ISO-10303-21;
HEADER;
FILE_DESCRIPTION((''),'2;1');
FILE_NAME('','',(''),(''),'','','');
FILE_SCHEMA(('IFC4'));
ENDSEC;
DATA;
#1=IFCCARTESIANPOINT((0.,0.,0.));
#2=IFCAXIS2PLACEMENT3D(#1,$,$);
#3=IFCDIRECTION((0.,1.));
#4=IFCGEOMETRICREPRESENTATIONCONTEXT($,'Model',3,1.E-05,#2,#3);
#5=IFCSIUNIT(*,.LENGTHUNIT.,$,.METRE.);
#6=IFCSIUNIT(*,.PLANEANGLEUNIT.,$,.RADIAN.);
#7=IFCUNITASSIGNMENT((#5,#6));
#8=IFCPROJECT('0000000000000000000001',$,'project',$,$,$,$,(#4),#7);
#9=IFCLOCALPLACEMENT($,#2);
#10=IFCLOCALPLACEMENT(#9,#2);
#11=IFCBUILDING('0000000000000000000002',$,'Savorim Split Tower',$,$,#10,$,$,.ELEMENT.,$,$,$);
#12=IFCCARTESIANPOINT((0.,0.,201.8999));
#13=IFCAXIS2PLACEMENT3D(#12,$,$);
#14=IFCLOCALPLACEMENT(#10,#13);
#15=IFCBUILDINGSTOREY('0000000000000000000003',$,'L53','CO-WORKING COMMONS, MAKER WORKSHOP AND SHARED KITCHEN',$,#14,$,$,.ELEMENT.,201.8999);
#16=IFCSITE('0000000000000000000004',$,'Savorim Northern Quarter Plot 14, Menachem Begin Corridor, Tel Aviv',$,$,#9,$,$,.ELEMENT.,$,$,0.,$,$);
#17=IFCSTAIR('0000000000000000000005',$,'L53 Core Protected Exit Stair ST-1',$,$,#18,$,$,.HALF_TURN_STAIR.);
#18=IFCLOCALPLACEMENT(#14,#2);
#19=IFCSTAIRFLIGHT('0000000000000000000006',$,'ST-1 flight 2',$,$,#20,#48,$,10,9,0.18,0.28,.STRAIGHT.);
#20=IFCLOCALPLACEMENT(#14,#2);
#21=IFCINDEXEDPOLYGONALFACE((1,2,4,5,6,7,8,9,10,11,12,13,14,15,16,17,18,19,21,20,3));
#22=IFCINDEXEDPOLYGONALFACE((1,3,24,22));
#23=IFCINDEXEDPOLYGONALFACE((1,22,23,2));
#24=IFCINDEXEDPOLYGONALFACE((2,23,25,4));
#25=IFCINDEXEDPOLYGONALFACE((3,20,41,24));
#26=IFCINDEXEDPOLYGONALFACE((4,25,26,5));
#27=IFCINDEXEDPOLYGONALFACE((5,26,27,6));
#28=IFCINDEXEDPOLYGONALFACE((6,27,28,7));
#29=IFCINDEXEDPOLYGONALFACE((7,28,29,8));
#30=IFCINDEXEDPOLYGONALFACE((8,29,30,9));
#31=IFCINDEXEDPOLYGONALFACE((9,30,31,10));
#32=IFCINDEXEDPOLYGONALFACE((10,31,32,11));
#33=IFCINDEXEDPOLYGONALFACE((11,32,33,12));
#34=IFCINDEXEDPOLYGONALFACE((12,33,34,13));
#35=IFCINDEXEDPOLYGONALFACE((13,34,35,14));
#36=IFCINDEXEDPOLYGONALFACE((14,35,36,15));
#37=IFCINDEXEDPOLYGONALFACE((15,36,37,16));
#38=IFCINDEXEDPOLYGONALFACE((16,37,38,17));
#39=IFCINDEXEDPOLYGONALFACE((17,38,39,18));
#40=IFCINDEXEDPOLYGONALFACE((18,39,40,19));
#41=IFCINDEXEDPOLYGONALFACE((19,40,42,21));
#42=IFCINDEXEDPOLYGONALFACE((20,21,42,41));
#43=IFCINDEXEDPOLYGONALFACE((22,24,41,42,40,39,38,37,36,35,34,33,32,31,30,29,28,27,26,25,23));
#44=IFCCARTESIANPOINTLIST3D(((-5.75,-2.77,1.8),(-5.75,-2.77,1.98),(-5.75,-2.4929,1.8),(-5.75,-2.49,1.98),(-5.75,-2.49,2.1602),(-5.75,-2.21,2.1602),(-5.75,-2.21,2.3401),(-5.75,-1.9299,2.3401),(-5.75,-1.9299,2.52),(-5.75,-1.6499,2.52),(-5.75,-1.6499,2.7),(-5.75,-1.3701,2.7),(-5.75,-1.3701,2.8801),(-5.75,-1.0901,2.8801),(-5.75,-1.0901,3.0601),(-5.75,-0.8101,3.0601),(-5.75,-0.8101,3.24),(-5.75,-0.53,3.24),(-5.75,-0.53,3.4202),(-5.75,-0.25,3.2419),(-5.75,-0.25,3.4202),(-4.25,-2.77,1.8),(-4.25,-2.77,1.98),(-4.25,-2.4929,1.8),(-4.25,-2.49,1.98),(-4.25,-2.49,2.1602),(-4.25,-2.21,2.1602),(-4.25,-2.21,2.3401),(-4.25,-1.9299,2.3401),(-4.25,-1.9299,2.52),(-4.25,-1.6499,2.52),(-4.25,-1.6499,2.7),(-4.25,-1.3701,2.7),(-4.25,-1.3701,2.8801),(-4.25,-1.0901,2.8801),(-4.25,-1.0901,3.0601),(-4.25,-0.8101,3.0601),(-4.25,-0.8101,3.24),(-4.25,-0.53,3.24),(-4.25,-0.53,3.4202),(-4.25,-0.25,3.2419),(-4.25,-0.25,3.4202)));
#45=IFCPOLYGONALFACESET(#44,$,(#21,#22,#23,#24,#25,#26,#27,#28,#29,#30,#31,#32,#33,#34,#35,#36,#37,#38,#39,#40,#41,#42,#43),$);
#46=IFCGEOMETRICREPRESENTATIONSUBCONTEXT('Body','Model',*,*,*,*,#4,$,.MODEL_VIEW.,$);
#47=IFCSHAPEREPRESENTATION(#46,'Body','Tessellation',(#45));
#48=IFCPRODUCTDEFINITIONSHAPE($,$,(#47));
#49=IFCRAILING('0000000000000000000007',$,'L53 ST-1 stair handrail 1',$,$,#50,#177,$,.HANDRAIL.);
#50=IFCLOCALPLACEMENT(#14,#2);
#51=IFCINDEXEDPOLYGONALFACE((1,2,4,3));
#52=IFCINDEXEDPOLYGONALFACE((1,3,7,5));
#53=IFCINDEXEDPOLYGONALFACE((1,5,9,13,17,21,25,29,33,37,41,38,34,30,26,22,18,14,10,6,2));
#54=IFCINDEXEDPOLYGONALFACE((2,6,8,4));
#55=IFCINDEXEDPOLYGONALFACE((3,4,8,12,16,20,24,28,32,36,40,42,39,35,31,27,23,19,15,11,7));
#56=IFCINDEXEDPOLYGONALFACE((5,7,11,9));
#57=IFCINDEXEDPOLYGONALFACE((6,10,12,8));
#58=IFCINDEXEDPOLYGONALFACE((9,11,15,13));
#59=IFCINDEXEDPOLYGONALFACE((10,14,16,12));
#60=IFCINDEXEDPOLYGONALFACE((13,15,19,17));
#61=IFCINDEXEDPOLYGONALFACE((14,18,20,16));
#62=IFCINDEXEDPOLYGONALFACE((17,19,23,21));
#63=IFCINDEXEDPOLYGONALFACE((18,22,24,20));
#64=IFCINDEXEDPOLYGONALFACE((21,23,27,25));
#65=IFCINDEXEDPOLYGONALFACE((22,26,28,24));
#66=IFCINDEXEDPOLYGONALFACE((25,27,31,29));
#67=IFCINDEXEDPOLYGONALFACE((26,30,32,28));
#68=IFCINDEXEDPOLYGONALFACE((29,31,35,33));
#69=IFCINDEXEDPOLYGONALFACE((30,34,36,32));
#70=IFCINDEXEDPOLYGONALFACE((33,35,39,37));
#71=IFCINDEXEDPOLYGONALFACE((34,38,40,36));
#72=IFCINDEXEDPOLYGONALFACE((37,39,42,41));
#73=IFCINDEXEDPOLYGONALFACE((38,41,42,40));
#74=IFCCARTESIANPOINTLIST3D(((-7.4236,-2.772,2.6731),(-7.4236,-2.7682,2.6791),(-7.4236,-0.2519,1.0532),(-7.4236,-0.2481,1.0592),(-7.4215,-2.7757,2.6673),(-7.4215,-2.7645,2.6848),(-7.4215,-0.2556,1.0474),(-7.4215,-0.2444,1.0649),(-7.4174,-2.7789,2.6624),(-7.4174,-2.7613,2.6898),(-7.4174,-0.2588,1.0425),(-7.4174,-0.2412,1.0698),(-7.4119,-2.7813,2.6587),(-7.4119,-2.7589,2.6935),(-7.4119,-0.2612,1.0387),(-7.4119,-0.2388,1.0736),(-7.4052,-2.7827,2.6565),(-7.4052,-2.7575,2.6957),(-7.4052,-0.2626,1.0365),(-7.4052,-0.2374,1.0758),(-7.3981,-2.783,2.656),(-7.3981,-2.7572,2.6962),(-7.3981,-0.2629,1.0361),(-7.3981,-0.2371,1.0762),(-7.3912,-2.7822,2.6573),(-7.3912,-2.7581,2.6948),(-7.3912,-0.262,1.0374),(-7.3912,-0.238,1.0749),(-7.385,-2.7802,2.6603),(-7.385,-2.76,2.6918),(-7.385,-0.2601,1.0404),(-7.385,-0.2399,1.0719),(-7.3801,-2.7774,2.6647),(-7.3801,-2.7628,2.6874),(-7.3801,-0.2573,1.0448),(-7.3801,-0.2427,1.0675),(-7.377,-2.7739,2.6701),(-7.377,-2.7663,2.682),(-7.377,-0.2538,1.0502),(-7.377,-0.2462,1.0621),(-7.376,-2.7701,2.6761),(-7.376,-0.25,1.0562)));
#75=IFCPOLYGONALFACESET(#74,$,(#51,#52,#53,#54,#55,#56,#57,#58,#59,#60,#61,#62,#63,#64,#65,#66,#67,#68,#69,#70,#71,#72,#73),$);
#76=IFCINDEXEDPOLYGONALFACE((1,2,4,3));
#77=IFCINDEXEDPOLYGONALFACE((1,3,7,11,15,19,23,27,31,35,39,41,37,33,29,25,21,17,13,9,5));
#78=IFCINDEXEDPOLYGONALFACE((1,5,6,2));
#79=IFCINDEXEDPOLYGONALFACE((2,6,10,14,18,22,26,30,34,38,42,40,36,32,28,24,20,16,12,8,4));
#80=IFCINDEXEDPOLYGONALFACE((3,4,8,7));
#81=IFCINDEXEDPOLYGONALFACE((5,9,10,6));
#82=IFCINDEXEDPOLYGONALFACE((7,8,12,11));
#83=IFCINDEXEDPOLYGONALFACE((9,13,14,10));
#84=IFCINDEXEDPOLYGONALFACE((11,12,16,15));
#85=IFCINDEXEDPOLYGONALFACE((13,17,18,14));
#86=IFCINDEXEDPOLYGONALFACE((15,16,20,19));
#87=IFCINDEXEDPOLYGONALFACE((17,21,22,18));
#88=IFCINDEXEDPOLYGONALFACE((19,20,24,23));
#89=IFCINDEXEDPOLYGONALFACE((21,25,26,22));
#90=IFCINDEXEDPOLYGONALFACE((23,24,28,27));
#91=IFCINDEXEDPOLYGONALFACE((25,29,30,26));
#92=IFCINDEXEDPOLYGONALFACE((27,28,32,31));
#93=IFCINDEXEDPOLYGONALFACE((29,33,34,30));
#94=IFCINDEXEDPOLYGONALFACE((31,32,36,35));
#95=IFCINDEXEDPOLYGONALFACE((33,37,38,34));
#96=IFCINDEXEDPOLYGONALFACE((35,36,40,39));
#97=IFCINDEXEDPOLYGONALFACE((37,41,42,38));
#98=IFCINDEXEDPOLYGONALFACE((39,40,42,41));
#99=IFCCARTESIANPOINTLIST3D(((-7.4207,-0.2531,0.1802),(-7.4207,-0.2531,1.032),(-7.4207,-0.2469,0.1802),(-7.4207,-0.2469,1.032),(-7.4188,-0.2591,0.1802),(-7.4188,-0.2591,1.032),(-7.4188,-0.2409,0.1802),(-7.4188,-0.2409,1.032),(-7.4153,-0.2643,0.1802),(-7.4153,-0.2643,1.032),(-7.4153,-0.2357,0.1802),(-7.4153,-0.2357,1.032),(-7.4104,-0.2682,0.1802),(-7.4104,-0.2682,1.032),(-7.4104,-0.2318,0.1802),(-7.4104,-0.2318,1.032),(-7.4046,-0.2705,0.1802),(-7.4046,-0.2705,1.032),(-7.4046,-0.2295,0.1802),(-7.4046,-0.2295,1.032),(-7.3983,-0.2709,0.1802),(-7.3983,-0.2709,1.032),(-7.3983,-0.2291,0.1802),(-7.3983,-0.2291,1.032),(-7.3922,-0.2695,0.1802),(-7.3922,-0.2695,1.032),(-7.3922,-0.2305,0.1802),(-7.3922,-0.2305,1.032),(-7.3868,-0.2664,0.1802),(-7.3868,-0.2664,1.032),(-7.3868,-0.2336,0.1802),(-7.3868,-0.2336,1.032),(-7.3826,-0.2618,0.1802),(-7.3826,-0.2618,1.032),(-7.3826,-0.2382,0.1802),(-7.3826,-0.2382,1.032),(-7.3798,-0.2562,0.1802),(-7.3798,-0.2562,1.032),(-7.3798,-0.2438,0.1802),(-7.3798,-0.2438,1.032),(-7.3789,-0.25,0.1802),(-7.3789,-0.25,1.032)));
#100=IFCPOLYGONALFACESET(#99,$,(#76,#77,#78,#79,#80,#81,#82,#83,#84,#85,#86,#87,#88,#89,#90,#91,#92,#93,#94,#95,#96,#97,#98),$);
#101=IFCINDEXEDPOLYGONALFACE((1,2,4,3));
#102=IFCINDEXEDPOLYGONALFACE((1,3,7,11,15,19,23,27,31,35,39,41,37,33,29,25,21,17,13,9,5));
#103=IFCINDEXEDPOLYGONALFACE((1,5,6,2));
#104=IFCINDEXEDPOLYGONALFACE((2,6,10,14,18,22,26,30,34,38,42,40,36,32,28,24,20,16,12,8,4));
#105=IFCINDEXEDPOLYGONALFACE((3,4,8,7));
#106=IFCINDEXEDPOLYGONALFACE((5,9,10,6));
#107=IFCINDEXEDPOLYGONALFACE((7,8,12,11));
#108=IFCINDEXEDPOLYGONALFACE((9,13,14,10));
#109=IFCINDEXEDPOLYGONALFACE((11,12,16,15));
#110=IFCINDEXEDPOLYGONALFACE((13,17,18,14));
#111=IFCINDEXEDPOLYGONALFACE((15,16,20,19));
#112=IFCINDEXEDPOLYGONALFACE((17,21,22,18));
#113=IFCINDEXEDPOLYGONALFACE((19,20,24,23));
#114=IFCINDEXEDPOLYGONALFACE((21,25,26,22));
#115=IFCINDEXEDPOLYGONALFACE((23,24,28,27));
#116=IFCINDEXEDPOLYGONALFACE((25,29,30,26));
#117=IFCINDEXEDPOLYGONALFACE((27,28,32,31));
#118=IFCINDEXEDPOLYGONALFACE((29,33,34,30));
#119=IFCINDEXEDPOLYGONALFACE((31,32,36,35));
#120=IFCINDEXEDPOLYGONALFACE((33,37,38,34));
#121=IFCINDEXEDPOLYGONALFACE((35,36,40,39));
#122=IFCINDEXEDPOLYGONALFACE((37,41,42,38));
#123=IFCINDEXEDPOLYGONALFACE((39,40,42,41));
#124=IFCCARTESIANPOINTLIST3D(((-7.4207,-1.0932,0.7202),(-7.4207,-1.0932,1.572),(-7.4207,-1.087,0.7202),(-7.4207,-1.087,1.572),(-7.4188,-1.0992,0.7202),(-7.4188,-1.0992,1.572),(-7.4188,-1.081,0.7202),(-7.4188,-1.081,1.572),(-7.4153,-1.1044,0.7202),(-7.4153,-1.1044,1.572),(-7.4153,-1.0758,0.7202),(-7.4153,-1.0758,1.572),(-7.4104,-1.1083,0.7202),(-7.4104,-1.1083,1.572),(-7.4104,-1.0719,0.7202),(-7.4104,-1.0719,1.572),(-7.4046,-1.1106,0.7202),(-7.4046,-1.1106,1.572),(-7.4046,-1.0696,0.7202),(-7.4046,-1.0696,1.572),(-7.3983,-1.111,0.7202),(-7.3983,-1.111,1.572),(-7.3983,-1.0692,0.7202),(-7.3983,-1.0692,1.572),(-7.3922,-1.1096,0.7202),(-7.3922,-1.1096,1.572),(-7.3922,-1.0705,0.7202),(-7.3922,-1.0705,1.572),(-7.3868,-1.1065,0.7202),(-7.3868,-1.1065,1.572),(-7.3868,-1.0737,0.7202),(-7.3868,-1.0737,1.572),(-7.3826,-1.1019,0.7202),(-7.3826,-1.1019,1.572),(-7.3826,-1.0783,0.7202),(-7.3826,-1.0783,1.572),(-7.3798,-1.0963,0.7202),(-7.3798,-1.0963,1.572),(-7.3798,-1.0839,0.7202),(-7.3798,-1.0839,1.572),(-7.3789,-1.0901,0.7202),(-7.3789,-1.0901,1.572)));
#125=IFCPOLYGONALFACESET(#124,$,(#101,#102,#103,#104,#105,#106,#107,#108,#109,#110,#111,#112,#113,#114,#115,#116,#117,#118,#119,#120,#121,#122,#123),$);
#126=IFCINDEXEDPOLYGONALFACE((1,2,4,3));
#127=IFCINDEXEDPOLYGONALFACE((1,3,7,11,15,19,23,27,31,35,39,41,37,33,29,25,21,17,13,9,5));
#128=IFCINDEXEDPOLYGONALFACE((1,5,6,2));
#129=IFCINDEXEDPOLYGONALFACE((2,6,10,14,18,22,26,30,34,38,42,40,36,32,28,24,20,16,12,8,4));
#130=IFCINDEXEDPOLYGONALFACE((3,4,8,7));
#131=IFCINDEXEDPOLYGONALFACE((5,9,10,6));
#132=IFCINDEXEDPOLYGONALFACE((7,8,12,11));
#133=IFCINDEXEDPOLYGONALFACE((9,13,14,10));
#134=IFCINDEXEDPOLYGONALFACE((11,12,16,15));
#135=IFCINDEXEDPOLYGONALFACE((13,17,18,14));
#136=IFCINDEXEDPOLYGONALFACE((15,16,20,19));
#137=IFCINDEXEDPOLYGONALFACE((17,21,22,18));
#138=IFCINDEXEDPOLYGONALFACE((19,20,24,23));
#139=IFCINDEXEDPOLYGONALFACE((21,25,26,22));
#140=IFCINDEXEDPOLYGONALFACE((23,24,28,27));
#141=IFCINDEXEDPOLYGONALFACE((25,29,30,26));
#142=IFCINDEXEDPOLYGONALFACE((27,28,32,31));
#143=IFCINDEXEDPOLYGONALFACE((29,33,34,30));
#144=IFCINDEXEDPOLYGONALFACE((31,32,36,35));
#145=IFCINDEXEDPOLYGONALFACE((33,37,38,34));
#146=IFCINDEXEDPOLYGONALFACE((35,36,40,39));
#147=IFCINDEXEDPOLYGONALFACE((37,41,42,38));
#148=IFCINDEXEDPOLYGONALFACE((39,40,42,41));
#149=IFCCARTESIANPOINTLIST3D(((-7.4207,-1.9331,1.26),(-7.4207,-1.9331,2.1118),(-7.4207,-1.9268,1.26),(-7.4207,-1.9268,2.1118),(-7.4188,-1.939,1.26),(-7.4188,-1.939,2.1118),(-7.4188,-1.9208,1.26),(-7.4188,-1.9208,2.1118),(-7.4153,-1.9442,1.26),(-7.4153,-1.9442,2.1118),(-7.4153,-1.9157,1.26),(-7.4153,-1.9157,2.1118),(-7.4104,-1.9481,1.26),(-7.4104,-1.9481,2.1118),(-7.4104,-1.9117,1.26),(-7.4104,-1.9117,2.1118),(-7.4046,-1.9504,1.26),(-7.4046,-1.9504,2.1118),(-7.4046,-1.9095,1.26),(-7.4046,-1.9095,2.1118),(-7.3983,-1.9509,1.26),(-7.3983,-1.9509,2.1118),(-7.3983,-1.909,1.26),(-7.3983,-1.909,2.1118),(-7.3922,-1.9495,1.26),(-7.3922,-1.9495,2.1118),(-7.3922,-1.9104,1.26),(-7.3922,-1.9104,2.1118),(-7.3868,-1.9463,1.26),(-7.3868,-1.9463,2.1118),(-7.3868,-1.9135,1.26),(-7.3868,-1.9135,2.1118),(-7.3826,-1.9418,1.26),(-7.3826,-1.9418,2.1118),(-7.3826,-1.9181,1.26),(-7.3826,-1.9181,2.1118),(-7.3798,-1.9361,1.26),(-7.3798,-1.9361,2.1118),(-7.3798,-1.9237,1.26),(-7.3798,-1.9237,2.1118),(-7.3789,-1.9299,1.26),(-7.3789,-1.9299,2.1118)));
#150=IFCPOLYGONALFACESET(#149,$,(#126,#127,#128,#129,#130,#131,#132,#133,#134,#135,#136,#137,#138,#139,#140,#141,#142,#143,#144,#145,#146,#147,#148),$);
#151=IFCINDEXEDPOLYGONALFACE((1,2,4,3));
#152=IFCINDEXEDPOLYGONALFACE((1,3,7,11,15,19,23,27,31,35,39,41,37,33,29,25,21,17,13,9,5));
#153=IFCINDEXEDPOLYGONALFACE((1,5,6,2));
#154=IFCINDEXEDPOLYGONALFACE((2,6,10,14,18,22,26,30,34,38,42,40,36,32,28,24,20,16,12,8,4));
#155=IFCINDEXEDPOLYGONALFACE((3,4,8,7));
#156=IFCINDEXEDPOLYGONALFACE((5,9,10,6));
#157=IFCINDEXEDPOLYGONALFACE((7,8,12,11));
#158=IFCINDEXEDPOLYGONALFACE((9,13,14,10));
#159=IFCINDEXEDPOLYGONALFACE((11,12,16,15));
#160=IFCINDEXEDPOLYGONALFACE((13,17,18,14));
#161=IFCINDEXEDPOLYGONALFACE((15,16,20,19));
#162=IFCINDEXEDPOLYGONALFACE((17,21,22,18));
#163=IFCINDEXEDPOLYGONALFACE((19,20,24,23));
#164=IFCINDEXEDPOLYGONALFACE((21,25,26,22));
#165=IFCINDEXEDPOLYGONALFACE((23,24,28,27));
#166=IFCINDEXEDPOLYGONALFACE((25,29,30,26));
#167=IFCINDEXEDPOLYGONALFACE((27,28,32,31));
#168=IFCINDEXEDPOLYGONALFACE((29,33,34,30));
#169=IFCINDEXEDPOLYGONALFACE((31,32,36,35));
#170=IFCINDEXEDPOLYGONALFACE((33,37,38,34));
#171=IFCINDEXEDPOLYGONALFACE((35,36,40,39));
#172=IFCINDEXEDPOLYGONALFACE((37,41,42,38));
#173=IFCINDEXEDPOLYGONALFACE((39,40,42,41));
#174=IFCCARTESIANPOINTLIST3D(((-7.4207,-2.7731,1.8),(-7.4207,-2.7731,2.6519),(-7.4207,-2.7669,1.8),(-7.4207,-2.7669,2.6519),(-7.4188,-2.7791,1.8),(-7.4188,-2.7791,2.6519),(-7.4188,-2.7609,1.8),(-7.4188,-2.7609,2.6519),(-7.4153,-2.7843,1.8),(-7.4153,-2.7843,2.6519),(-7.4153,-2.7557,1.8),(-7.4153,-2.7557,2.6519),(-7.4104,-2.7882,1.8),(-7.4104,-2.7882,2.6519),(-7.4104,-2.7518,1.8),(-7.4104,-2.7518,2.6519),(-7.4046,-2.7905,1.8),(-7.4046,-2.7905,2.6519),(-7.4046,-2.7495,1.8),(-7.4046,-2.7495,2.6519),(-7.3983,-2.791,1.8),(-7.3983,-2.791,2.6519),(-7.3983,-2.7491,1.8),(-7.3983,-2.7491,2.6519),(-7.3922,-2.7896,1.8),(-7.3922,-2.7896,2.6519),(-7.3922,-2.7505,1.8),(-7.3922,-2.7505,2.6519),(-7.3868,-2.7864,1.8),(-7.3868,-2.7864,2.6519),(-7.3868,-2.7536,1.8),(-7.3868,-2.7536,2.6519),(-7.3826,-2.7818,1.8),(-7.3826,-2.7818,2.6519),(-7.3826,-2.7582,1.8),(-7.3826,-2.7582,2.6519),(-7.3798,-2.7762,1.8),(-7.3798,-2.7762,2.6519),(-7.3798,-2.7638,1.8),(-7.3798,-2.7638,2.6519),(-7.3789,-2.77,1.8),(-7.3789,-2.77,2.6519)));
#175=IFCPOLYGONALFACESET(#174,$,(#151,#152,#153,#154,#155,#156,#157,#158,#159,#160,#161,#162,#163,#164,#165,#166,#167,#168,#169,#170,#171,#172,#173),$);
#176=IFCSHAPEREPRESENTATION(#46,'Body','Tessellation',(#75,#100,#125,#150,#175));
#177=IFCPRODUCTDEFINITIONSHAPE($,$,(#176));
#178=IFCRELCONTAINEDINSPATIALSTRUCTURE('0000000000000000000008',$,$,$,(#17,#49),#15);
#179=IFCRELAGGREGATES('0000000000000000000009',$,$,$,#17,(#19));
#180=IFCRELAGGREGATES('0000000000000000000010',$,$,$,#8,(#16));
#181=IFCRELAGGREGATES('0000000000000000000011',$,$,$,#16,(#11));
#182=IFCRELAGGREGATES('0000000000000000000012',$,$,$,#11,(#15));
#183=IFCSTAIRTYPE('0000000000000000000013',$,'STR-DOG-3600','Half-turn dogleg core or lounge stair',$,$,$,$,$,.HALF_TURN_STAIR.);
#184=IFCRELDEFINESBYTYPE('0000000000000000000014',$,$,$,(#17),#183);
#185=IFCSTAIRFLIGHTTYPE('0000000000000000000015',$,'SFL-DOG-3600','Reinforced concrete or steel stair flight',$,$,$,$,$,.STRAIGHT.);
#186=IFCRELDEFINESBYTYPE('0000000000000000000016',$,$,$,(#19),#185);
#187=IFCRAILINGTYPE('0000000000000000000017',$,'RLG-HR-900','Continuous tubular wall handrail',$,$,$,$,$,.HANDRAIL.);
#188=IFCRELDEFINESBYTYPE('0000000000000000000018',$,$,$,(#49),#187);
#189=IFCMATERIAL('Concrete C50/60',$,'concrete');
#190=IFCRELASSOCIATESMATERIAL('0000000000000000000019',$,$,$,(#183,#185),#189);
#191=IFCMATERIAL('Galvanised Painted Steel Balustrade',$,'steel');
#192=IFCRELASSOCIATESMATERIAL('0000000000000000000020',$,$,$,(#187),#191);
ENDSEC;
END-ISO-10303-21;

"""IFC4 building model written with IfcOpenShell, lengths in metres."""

from ifc_helpers import new_model, si_unit, direction, frame, origin, origin_2d, place, context, subcontext, project, spatial, polyline, circle, outline, extrude, material, type_object, element, aggregate, save


model = new_model("IFC4")

# Units and contexts
model_context = context("Model", 3, precision=1e-05, world=origin(), true_north=direction((0.0, 1.0)))
body_context = subcontext(model_context, "Body", "Model", "MODEL_VIEW")
ifc_project = project(units=[si_unit("LENGTHUNIT", "METRE"), si_unit("PLANEANGLEUNIT", "RADIAN")], contexts=[model_context])

# Site, building, storey
site_placement = place(None, origin())
site = spatial("IfcSite", under=ifc_project, at=site_placement, Name="Savorim Northern Quarter Plot 14, Menachem Begin Corridor, Tel Aviv", CompositionType="ELEMENT", RefElevation=0.0)
building_placement = place(site_placement, origin())
building = spatial("IfcBuilding", under=site, at=building_placement, Name="Savorim Split Tower", CompositionType="ELEMENT")
storey_placement = place(building_placement, frame((0.0, 0.0, 201.8999)))
storey = spatial("IfcBuildingStorey", under=building, at=storey_placement, Name="L53", Description="CO-WORKING COMMONS, MAKER WORKSHOP AND SHARED KITCHEN", CompositionType="ELEMENT", Elevation=201.8999)

# Shared definitions
ifc_material_1 = material(Name="Concrete C50/60", Category="concrete")

# Stair, stair flight
stair_type = type_object("IfcStairType", Name="STR-DOG-3600", Description="Half-turn dogleg core or lounge stair", PredefinedType="HALF_TURN_STAIR", material=ifc_material_1)
stair_placement = place(storey_placement, origin())
stair = element("IfcStair", 1, at=stair_placement, inside=storey, type_object=stair_type, Name="L53 Core Protected Exit Stair ST-1", PredefinedType="HALF_TURN_STAIR")
stair_flight_type = type_object("IfcStairFlightType", Name="SFL-DOG-3600", Description="Reinforced concrete or steel stair flight", PredefinedType="STRAIGHT", material=ifc_material_1)
stair_flight_1_placement = place(storey_placement, frame((-5.0, -2.77, 1.8), z_axis=(0.0, 0.0, 1.0), x_axis=(0.0, 1.0, 0.0)))
stair_flight_1 = element("IfcStairFlight", 2, at=stair_flight_1_placement, type_object=stair_flight_type, Name="ST-1 flight 2", NumberOfRisers=10, NumberOfTreads=9, PredefinedType="STRAIGHT", RiserHeight=0.18, TreadLength=0.28, context=body_context, shape_type="SweptSolid", body=[
    extrude(outline(polyline([(0.0, 0.0), (0.0, 0.1799), (0.28, 0.1799), (0.28, 0.3601), (0.5601, 0.3601), (0.5601, 0.54), (0.8401, 0.54), (0.8401, 0.72), (1.1201, 0.72), (1.1201, 0.8999), (1.3999, 0.8999), (1.3999, 1.0801), (1.6799, 1.0801), (1.6799, 1.26), (1.96, 1.26), (1.96, 1.4399), (2.24, 1.4399), (2.24, 1.6201), (2.52, 1.6201), (2.52, 1.8), (2.52, 1.4419), (0.2771, 0.0), (0.0, 0.0)])), frame((0.0, 0.75, 0.0), z_axis=(0.0, -1.0, 0.0), x_axis=(1.0, 0.0, 0.0)), (0.0, 0.0, 1.0), 1.5),
])
aggregate(stair, [stair_flight_1])

# Railing
ifc_material_2 = material(Name="Galvanised Painted Steel Balustrade", Category="steel")
railing_type_1 = type_object("IfcRailingType", Name="RLG-HR-900", Description="Continuous tubular wall handrail", PredefinedType="HANDRAIL", material=ifc_material_2)
railing_1_placement = place(storey_placement, frame((-7.3999, -0.25, 0.1802)))
element("IfcRailing", 3, at=railing_1_placement, inside=storey, type_object=railing_type_1, Name="L53 ST-1 stair handrail 1", PredefinedType="HANDRAIL", context=body_context, shape_type="SweptSolid", body=[
    extrude(circle(Radius=0.0239, at=origin_2d()), frame((0.0, 0.0, 0.876), z_axis=(0.0, -0.8412, 0.540725), x_axis=(1.0, 0.0, 0.0)), (0.0, 0.0, 1.0), 2.9958),
    extrude(circle(Radius=0.021, at=origin_2d()), origin(), (0.0, 0.0, 1.0), 0.8518),
    extrude(circle(Radius=0.021, at=origin_2d()), frame((0.0, -0.8401, 0.54)), (0.0, 0.0, 1.0), 0.8518),
    extrude(circle(Radius=0.021, at=origin_2d()), frame((0.0, -1.6799, 1.0798)), (0.0, 0.0, 1.0), 0.8518),
    extrude(circle(Radius=0.021, at=origin_2d()), frame((0.0, -2.52, 1.6199)), (0.0, 0.0, 1.0), 0.8518),
])

save(model, "model.ifc")
